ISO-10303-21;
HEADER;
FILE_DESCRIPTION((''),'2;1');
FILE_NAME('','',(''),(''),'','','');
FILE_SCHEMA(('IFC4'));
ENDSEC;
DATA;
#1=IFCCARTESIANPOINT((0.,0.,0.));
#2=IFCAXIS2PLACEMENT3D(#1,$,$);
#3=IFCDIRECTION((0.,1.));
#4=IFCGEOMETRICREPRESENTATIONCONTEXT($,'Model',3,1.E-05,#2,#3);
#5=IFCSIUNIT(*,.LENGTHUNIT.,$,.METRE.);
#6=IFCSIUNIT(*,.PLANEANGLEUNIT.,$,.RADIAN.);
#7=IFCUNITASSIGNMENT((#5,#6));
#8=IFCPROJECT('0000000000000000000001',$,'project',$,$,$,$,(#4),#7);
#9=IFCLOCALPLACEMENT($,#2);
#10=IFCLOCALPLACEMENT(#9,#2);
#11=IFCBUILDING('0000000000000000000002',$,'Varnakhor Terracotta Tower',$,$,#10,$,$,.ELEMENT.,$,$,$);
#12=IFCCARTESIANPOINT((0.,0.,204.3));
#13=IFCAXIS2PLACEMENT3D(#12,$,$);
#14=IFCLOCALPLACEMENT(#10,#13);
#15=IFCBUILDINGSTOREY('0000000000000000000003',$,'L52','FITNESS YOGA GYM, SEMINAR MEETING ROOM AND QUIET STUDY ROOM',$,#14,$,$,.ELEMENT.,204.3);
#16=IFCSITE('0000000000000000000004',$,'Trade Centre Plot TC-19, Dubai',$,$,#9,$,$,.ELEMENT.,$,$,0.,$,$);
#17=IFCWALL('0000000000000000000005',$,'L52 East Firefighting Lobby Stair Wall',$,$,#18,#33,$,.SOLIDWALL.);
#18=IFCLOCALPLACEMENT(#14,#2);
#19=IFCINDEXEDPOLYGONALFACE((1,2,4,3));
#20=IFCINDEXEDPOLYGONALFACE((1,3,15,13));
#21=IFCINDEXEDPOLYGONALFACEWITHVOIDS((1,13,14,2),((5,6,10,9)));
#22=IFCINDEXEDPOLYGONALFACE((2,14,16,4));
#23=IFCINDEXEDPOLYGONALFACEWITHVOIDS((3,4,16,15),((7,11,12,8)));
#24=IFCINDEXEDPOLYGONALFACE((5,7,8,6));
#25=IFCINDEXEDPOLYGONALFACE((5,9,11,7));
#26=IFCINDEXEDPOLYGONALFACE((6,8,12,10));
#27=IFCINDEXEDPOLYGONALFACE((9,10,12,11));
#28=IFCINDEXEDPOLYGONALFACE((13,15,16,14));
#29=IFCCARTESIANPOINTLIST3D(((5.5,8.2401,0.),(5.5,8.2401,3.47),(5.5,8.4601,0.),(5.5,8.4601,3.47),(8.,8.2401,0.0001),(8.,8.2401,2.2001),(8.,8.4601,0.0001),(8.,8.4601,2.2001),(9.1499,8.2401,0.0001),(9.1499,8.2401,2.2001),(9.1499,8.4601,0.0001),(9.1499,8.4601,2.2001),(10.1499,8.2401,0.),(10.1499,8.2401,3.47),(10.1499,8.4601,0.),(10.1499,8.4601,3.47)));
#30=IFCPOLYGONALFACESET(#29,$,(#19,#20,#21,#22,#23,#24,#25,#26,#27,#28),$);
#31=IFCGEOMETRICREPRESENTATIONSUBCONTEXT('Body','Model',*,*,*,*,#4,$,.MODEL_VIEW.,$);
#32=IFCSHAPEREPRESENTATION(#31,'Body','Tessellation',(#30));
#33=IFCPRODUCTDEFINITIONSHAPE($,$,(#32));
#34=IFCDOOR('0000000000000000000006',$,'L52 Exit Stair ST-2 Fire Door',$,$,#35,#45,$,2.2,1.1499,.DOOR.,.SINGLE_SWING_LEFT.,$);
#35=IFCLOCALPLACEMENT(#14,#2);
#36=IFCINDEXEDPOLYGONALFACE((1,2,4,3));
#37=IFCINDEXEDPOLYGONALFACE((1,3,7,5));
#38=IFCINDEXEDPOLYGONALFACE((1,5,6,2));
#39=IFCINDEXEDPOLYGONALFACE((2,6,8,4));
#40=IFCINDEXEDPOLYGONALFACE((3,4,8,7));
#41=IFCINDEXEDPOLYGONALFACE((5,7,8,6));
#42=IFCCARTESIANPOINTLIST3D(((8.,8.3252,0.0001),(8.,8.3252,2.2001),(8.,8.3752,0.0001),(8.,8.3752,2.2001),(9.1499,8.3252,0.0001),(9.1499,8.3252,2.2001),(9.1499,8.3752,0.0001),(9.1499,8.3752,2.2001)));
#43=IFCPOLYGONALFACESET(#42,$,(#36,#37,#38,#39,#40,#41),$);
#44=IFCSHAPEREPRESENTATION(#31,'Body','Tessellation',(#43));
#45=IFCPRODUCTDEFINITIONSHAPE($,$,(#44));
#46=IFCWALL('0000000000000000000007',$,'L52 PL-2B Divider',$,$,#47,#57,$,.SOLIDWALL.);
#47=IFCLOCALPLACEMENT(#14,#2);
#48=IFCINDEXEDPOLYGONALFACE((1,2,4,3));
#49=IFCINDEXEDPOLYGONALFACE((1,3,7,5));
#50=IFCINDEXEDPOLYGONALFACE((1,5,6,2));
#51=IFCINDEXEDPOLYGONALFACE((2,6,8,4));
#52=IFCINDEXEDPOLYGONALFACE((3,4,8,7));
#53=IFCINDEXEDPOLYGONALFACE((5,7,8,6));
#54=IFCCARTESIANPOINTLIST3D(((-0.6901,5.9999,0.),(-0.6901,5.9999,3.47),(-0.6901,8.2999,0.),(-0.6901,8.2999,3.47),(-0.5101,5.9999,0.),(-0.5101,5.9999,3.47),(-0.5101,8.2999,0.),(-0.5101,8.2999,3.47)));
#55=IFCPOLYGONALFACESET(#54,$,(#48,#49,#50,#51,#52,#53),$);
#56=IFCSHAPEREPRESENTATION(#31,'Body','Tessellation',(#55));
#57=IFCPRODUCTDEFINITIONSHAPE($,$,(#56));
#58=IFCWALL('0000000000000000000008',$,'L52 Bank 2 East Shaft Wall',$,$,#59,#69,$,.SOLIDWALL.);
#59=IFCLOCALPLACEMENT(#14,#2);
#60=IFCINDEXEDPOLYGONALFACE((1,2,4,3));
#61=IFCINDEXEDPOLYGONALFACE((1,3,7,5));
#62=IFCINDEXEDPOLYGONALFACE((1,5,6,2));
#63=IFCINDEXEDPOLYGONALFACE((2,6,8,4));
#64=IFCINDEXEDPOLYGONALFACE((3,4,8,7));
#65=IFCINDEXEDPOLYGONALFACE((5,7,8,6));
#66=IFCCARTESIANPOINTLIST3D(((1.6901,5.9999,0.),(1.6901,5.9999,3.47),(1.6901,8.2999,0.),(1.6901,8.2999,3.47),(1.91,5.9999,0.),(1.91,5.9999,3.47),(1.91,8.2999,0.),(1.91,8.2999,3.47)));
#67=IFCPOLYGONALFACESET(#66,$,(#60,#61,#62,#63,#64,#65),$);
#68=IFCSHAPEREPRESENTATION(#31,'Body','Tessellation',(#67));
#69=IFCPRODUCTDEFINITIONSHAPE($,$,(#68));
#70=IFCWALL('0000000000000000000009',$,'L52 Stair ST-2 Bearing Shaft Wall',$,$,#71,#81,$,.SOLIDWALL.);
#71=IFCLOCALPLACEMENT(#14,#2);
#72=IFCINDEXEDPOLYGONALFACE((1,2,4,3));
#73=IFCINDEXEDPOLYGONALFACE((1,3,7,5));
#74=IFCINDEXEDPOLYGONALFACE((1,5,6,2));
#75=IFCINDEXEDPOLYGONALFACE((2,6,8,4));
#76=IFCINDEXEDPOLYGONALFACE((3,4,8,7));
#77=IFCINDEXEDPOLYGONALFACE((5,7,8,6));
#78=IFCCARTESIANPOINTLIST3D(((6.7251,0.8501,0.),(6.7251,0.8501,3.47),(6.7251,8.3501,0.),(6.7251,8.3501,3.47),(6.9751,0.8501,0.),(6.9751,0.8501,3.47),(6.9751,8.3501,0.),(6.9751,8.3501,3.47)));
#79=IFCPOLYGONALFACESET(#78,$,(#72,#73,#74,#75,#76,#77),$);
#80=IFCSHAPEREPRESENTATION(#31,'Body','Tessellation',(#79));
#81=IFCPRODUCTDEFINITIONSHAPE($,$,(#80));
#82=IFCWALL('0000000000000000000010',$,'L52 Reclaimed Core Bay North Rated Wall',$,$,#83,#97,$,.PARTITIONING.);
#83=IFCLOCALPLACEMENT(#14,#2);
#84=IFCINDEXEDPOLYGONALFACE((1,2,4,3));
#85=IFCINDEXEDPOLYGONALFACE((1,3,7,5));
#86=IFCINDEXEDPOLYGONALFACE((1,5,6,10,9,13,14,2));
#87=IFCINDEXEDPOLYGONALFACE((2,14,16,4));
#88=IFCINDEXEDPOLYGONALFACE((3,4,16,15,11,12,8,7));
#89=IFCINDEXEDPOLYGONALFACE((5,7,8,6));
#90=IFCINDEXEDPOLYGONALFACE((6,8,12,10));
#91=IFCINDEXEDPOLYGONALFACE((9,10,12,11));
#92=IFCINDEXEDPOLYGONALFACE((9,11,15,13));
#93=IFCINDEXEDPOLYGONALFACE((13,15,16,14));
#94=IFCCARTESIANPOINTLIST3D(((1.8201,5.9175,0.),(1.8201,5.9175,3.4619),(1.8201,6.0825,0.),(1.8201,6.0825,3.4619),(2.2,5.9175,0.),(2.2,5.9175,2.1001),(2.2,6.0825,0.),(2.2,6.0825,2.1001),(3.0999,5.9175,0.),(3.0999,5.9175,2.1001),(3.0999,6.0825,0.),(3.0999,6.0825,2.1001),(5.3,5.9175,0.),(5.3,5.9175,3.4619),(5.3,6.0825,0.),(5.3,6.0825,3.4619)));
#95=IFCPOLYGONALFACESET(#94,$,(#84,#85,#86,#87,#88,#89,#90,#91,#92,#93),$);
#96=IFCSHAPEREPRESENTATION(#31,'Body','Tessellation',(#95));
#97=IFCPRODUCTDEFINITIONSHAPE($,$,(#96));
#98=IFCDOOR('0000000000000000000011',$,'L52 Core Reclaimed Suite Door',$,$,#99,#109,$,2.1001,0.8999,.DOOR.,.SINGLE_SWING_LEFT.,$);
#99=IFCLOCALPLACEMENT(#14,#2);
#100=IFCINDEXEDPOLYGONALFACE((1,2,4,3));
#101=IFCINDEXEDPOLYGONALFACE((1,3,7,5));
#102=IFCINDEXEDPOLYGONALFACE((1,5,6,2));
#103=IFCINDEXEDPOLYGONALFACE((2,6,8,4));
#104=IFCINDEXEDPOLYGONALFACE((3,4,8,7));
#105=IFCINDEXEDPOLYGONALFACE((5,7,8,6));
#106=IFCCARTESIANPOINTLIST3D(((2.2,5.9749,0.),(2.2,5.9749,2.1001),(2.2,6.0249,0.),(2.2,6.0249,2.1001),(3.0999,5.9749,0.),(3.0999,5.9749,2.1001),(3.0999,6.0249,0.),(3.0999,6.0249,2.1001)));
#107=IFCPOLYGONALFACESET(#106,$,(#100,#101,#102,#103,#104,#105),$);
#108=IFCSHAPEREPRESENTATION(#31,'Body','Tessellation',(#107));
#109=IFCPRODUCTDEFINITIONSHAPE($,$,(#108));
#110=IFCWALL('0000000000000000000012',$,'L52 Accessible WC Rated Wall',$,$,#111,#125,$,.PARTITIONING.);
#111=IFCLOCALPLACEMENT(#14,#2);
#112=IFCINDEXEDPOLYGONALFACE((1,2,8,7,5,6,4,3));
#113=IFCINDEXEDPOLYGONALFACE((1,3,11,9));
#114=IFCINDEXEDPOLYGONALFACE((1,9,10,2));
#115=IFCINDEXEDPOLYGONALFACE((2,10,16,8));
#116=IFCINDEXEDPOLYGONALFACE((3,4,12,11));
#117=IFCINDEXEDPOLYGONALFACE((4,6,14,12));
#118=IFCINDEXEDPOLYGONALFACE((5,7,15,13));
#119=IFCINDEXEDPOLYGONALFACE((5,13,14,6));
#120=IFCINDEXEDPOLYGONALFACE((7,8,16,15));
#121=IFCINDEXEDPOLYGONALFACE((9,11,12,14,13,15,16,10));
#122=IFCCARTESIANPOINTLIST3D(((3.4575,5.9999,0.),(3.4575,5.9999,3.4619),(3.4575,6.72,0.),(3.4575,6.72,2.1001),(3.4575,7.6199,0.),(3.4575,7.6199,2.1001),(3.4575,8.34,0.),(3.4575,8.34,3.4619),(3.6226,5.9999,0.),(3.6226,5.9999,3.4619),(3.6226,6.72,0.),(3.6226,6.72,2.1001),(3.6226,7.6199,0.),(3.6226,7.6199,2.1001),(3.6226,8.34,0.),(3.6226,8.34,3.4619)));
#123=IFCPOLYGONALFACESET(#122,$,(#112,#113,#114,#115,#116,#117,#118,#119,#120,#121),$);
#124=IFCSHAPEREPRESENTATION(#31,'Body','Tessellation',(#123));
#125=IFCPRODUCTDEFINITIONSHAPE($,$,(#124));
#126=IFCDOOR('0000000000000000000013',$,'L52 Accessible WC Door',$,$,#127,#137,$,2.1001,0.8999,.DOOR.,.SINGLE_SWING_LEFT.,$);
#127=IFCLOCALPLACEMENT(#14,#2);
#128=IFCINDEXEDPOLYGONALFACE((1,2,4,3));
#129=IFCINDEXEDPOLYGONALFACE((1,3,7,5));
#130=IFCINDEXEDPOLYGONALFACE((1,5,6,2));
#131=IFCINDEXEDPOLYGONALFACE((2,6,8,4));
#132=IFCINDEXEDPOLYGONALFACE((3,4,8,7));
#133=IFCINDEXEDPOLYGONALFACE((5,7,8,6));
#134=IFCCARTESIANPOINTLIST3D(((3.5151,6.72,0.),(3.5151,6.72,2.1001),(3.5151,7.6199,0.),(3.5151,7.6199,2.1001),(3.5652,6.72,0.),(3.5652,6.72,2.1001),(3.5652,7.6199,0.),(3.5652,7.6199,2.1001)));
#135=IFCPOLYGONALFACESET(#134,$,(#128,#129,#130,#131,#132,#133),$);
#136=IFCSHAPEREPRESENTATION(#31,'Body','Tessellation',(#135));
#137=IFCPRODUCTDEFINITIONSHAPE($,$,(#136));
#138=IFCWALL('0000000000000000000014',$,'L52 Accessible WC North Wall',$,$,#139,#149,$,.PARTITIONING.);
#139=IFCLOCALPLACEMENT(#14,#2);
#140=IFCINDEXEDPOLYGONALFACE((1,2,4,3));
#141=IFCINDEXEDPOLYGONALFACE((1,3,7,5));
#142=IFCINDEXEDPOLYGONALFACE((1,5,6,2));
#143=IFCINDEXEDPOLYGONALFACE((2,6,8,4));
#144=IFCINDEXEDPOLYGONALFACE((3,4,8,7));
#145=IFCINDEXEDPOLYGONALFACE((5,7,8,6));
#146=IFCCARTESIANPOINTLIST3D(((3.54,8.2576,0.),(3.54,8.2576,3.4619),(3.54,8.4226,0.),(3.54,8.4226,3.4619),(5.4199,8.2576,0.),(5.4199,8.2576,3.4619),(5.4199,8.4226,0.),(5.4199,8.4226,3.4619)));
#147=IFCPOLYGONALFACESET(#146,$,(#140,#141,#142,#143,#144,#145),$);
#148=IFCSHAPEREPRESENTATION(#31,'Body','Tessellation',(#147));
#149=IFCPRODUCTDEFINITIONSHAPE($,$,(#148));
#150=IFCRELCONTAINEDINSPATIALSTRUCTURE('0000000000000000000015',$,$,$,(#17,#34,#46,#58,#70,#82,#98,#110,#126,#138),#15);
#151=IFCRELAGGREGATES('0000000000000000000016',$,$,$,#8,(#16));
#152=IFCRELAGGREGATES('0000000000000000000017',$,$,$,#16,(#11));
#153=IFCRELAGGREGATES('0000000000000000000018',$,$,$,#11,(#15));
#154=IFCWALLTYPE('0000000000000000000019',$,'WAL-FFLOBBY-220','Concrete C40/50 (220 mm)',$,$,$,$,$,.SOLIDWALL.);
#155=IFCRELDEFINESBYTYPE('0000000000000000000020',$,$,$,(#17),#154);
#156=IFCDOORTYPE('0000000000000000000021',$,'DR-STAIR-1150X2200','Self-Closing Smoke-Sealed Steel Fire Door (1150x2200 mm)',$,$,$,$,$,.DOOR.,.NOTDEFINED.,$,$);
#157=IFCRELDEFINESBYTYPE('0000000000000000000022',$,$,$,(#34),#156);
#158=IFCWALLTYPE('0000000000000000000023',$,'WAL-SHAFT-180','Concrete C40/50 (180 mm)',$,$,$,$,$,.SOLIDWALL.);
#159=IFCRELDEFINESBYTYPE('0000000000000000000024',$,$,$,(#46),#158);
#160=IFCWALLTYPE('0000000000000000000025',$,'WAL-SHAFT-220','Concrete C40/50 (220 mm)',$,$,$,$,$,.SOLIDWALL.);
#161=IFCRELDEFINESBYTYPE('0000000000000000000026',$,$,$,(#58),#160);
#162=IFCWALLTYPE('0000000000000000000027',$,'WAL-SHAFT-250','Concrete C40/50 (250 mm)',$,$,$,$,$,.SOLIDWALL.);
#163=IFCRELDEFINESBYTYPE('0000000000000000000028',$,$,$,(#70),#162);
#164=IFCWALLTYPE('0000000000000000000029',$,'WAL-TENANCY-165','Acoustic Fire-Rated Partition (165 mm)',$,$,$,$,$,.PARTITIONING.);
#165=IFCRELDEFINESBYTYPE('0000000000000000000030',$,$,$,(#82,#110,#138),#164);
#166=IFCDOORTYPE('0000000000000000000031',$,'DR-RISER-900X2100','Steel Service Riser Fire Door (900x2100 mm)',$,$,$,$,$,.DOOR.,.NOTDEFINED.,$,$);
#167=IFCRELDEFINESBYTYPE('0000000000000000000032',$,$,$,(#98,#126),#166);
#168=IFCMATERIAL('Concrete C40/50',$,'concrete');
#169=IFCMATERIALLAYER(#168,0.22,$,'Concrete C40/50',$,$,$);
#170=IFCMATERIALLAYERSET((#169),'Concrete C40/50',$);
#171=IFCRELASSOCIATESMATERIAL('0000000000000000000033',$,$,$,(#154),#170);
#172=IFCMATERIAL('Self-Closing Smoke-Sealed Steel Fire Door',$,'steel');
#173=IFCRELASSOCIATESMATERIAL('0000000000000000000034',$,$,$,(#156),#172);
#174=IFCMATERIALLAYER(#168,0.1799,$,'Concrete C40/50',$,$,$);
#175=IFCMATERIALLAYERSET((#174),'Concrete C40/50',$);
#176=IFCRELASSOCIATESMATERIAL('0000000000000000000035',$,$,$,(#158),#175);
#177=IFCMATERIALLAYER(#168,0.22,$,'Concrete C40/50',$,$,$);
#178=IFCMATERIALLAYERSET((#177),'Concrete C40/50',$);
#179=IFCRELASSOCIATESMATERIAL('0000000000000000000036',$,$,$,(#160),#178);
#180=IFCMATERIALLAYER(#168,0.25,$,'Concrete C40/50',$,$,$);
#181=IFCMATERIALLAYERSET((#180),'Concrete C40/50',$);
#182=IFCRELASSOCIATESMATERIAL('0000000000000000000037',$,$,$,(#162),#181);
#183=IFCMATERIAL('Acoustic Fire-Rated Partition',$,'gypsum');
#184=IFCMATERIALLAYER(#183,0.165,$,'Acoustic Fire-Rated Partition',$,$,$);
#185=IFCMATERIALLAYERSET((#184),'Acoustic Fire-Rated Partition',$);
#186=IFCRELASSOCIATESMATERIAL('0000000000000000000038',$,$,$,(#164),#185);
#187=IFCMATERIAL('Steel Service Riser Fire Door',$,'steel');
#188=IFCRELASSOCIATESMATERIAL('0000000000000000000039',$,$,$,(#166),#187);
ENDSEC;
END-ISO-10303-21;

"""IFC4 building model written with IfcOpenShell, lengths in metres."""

from ifc_helpers import new_model, si_unit, direction, frame, frame_2d, origin, place, context, subcontext, project, spatial, rectangle, extrude, source, transform, mapped, material, layer, layer_set, type_object, type_shapes, element, fill, save


model = new_model("IFC4")

# Units and contexts
model_context = context("Model", 3, precision=1e-05, world=origin(), true_north=direction((0.0, 1.0)))
body_context = subcontext(model_context, "Body", "Model", "MODEL_VIEW")
ifc_project = project(units=[si_unit("LENGTHUNIT", "METRE"), si_unit("PLANEANGLEUNIT", "RADIAN")], contexts=[model_context])

# Site, building, storey
site_placement = place(None, origin())
site = spatial("IfcSite", under=ifc_project, at=site_placement, Name="Trade Centre Plot TC-19, Dubai", CompositionType="ELEMENT", RefElevation=0.0)
building_placement = place(site_placement, origin())
building = spatial("IfcBuilding", under=site, at=building_placement, Name="Varnakhor Terracotta Tower", CompositionType="ELEMENT")
storey_placement = place(building_placement, frame((0.0, 0.0, 204.3)))
storey = spatial("IfcBuildingStorey", under=building, at=storey_placement, Name="L52", Description="FITNESS YOGA GYM, SEMINAR MEETING ROOM AND QUIET STUDY ROOM", CompositionType="ELEMENT", Elevation=204.3)

# Shared definitions
ifc_material_1 = material(Name="Concrete C40/50", Category="concrete")

# Wall, opening, door
ifc_layer_1 = layer(ifc_material_1, 0.22, Name="Concrete C40/50")
ifc_layer_set_1 = layer_set([ifc_layer_1], Name="Concrete C40/50")
wall_type_1 = type_object("IfcWallType", Name="WAL-FFLOBBY-220", Description="Concrete C40/50 (220 mm)", PredefinedType="SOLIDWALL", material=ifc_layer_set_1)
wall_1_placement = place(storey_placement, frame((10.1499, 8.3501, 0.0), z_axis=(0.0, 0.0, 1.0), x_axis=(-1.0, 0.0, 0.0)))
wall_1 = element("IfcWall", 1, at=wall_1_placement, inside=storey, type_object=wall_type_1, Name="L52 East Firefighting Lobby Stair Wall", PredefinedType="SOLIDWALL", context=body_context, shape_type="SweptSolid", body=[
    extrude(rectangle(XDim=4.6499, YDim=0.22, at=frame_2d((2.325, 0.0))), origin(), (0.0, 0.0, 1.0), 3.47),
])
opening_1_placement = place(wall_1_placement, frame((1.0, 0.0, 0.0)))
opening_1 = element("IfcOpeningElement", 2, at=opening_1_placement, cuts=wall_1, PredefinedType="OPENING", context=body_context, shape_type="SweptSolid", body=[
    extrude(rectangle(XDim=1.1499, YDim=2.2, at=frame_2d((0.575, 1.1001))), frame((0.0, 0.1201, 0.0), z_axis=(0.0, -1.0, 0.0), x_axis=(1.0, 0.0, 0.0)), (0.0, 0.0, 1.0), 0.24),
])
ifc_material_2 = material(Name="Self-Closing Smoke-Sealed Steel Fire Door", Category="steel")
door_type_1 = type_object("IfcDoorType", Name="DR-STAIR-1150X2200", Description="Self-Closing Smoke-Sealed Steel Fire Door (1150x2200 mm)", OperationType="NOTDEFINED", PredefinedType="DOOR", material=ifc_material_2)
shared_shape_1 = source(origin(), body_context, "Body", "SweptSolid", [
    extrude(rectangle(XDim=1.1499, YDim=2.2, at=frame_2d((0.575, 1.1001))), frame((0.0, 0.0249, 0.0), z_axis=(0.0, -1.0, 0.0), x_axis=(1.0, 0.0, 0.0)), (0.0, 0.0, 1.0), 0.05),
])
type_shapes(door_type_1, [shared_shape_1])
door_1_placement = place(opening_1_placement, origin())
door_1 = element("IfcDoor", 3, at=door_1_placement, inside=storey, type_object=door_type_1, Name="L52 Exit Stair ST-2 Fire Door", OperationType="SINGLE_SWING_LEFT", OverallHeight=2.2, OverallWidth=1.1499, PredefinedType="DOOR", context=body_context, shape_type="MappedRepresentation", body=[
    mapped(shared_shape_1, transform((0.0, 0.0, 0.0), scale=1.0)),
])
fill(opening_1, door_1)

# Walls
ifc_layer_2 = layer(ifc_material_1, 0.1799, Name="Concrete C40/50")
ifc_layer_set_2 = layer_set([ifc_layer_2], Name="Concrete C40/50")
wall_type_2 = type_object("IfcWallType", Name="WAL-SHAFT-180", Description="Concrete C40/50 (180 mm)", PredefinedType="SOLIDWALL", material=ifc_layer_set_2)
wall_2_placement = place(storey_placement, frame((-0.6001, 6.0, 0.0), z_axis=(0.0, 0.0, 1.0), x_axis=(0.0, 1.0, 0.0)))
element("IfcWall", 4, at=wall_2_placement, inside=storey, type_object=wall_type_2, Name="L52 PL-2B Divider", PredefinedType="SOLIDWALL", context=body_context, shape_type="SweptSolid", body=[
    extrude(rectangle(XDim=2.3, YDim=0.1799, at=frame_2d((1.1499, 0.0))), origin(), (0.0, 0.0, 1.0), 3.47),
])
ifc_layer_3 = layer(ifc_material_1, 0.22, Name="Concrete C40/50")
ifc_layer_set_3 = layer_set([ifc_layer_3], Name="Concrete C40/50")
wall_type_3 = type_object("IfcWallType", Name="WAL-SHAFT-220", Description="Concrete C40/50 (220 mm)", PredefinedType="SOLIDWALL", material=ifc_layer_set_3)
wall_3_placement = place(storey_placement, frame((1.8, 6.0, 0.0), z_axis=(0.0, 0.0, 1.0), x_axis=(0.0, 1.0, 0.0)))
element("IfcWall", 5, at=wall_3_placement, inside=storey, type_object=wall_type_3, Name="L52 Bank 2 East Shaft Wall", PredefinedType="SOLIDWALL", context=body_context, shape_type="SweptSolid", body=[
    extrude(rectangle(XDim=2.3, YDim=0.22, at=frame_2d((1.1499, 0.0))), origin(), (0.0, 0.0, 1.0), 3.47),
])
ifc_layer_4 = layer(ifc_material_1, 0.25, Name="Concrete C40/50")
ifc_layer_set_4 = layer_set([ifc_layer_4], Name="Concrete C40/50")
wall_type_4 = type_object("IfcWallType", Name="WAL-SHAFT-250", Description="Concrete C40/50 (250 mm)", PredefinedType="SOLIDWALL", material=ifc_layer_set_4)
wall_4_placement = place(storey_placement, frame((6.8501, 0.8501, 0.0), z_axis=(0.0, 0.0, 1.0), x_axis=(0.0, 1.0, 0.0)))
element("IfcWall", 6, at=wall_4_placement, inside=storey, type_object=wall_type_4, Name="L52 Stair ST-2 Bearing Shaft Wall", PredefinedType="SOLIDWALL", context=body_context, shape_type="SweptSolid", body=[
    extrude(rectangle(XDim=7.5, YDim=0.25, at=frame_2d((3.75, 0.0))), origin(), (0.0, 0.0, 1.0), 3.47),
])

# Walls, openings, doors
ifc_material_3 = material(Name="Acoustic Fire-Rated Partition", Category="gypsum")
ifc_layer_5 = layer(ifc_material_3, 0.165, Name="Acoustic Fire-Rated Partition")
ifc_layer_set_5 = layer_set([ifc_layer_5], Name="Acoustic Fire-Rated Partition")
wall_type_5 = type_object("IfcWallType", Name="WAL-TENANCY-165", Description="Acoustic Fire-Rated Partition (165 mm)", PredefinedType="PARTITIONING", material=ifc_layer_set_5)
wall_5_placement = place(storey_placement, frame((1.8201, 6.0, 0.0), z_axis=(0.0, 0.0, 1.0), x_axis=(1.0, 0.0, 0.0)))
wall_5 = element("IfcWall", 7, at=wall_5_placement, inside=storey, type_object=wall_type_5, Name="L52 Reclaimed Core Bay North Rated Wall", PredefinedType="PARTITIONING", context=body_context, shape_type="SweptSolid", body=[
    extrude(rectangle(XDim=3.48, YDim=0.165, at=frame_2d((1.74, 0.0))), origin(), (0.0, 0.0, 1.0), 3.4619),
])
opening_2_placement = place(wall_5_placement, frame((0.3799, 0.0, 0.0)))
opening_2 = element("IfcOpeningElement", 8, at=opening_2_placement, cuts=wall_5, PredefinedType="OPENING", context=body_context, shape_type="SweptSolid", body=[
    extrude(rectangle(XDim=0.8999, YDim=2.1001, at=frame_2d((0.45, 1.05))), frame((0.0, 0.0925, 0.0), z_axis=(0.0, -1.0, 0.0), x_axis=(1.0, 0.0, 0.0)), (0.0, 0.0, 1.0), 0.1851),
])
ifc_material_4 = material(Name="Steel Service Riser Fire Door", Category="steel")
door_type_2 = type_object("IfcDoorType", Name="DR-RISER-900X2100", Description="Steel Service Riser Fire Door (900x2100 mm)", OperationType="NOTDEFINED", PredefinedType="DOOR", material=ifc_material_4)
shared_shape_2 = source(origin(), body_context, "Body", "SweptSolid", [
    extrude(rectangle(XDim=0.8999, YDim=2.1001, at=frame_2d((0.45, 1.05))), frame((0.0, 0.0249, 0.0), z_axis=(0.0, -1.0, 0.0), x_axis=(1.0, 0.0, 0.0)), (0.0, 0.0, 1.0), 0.05),
])
type_shapes(door_type_2, [shared_shape_2])
door_2_placement = place(opening_2_placement, origin())
door_2 = element("IfcDoor", 9, at=door_2_placement, inside=storey, type_object=door_type_2, Name="L52 Core Reclaimed Suite Door", OperationType="SINGLE_SWING_LEFT", OverallHeight=2.1001, OverallWidth=0.8999, PredefinedType="DOOR", context=body_context, shape_type="MappedRepresentation", body=[
    mapped(shared_shape_2, transform((0.0, 0.0, 0.0), scale=1.0)),
])
fill(opening_2, door_2)
wall_6_placement = place(storey_placement, frame((3.54, 6.0, 0.0), z_axis=(0.0, 0.0, 1.0), x_axis=(0.0, 1.0, 0.0)))
wall_6 = element("IfcWall", 10, at=wall_6_placement, inside=storey, type_object=wall_type_5, Name="L52 Accessible WC Rated Wall", PredefinedType="PARTITIONING", context=body_context, shape_type="SweptSolid", body=[
    extrude(rectangle(XDim=2.3401, YDim=0.165, at=frame_2d((1.1699, 0.0))), origin(), (0.0, 0.0, 1.0), 3.4619),
])
opening_3_placement = place(wall_6_placement, frame((0.72, 0.0, 0.0)))
opening_3 = element("IfcOpeningElement", 11, at=opening_3_placement, cuts=wall_6, PredefinedType="OPENING", context=body_context, shape_type="SweptSolid", body=[
    extrude(rectangle(XDim=0.8999, YDim=2.1001, at=frame_2d((0.45, 1.05))), frame((0.0, 0.0925, 0.0), z_axis=(0.0, -1.0, 0.0), x_axis=(1.0, 0.0, 0.0)), (0.0, 0.0, 1.0), 0.1851),
])
door_3_placement = place(opening_3_placement, origin())
door_3 = element("IfcDoor", 12, at=door_3_placement, inside=storey, type_object=door_type_2, Name="L52 Accessible WC Door", OperationType="SINGLE_SWING_LEFT", OverallHeight=2.1001, OverallWidth=0.8999, PredefinedType="DOOR", context=body_context, shape_type="MappedRepresentation", body=[
    mapped(shared_shape_2, transform((0.0, 0.0, 0.0), scale=1.0)),
])
fill(opening_3, door_3)

# Wall
wall_7_placement = place(storey_placement, frame((3.54, 8.3401, 0.0), z_axis=(0.0, 0.0, 1.0), x_axis=(1.0, 0.0, 0.0)))
element("IfcWall", 13, at=wall_7_placement, inside=storey, type_object=wall_type_5, Name="L52 Accessible WC North Wall", PredefinedType="PARTITIONING", context=body_context, shape_type="SweptSolid", body=[
    extrude(rectangle(XDim=1.8799, YDim=0.165, at=frame_2d((0.9399, 0.0))), origin(), (0.0, 0.0, 1.0), 3.4619),
])

save(model, "model.ifc")
